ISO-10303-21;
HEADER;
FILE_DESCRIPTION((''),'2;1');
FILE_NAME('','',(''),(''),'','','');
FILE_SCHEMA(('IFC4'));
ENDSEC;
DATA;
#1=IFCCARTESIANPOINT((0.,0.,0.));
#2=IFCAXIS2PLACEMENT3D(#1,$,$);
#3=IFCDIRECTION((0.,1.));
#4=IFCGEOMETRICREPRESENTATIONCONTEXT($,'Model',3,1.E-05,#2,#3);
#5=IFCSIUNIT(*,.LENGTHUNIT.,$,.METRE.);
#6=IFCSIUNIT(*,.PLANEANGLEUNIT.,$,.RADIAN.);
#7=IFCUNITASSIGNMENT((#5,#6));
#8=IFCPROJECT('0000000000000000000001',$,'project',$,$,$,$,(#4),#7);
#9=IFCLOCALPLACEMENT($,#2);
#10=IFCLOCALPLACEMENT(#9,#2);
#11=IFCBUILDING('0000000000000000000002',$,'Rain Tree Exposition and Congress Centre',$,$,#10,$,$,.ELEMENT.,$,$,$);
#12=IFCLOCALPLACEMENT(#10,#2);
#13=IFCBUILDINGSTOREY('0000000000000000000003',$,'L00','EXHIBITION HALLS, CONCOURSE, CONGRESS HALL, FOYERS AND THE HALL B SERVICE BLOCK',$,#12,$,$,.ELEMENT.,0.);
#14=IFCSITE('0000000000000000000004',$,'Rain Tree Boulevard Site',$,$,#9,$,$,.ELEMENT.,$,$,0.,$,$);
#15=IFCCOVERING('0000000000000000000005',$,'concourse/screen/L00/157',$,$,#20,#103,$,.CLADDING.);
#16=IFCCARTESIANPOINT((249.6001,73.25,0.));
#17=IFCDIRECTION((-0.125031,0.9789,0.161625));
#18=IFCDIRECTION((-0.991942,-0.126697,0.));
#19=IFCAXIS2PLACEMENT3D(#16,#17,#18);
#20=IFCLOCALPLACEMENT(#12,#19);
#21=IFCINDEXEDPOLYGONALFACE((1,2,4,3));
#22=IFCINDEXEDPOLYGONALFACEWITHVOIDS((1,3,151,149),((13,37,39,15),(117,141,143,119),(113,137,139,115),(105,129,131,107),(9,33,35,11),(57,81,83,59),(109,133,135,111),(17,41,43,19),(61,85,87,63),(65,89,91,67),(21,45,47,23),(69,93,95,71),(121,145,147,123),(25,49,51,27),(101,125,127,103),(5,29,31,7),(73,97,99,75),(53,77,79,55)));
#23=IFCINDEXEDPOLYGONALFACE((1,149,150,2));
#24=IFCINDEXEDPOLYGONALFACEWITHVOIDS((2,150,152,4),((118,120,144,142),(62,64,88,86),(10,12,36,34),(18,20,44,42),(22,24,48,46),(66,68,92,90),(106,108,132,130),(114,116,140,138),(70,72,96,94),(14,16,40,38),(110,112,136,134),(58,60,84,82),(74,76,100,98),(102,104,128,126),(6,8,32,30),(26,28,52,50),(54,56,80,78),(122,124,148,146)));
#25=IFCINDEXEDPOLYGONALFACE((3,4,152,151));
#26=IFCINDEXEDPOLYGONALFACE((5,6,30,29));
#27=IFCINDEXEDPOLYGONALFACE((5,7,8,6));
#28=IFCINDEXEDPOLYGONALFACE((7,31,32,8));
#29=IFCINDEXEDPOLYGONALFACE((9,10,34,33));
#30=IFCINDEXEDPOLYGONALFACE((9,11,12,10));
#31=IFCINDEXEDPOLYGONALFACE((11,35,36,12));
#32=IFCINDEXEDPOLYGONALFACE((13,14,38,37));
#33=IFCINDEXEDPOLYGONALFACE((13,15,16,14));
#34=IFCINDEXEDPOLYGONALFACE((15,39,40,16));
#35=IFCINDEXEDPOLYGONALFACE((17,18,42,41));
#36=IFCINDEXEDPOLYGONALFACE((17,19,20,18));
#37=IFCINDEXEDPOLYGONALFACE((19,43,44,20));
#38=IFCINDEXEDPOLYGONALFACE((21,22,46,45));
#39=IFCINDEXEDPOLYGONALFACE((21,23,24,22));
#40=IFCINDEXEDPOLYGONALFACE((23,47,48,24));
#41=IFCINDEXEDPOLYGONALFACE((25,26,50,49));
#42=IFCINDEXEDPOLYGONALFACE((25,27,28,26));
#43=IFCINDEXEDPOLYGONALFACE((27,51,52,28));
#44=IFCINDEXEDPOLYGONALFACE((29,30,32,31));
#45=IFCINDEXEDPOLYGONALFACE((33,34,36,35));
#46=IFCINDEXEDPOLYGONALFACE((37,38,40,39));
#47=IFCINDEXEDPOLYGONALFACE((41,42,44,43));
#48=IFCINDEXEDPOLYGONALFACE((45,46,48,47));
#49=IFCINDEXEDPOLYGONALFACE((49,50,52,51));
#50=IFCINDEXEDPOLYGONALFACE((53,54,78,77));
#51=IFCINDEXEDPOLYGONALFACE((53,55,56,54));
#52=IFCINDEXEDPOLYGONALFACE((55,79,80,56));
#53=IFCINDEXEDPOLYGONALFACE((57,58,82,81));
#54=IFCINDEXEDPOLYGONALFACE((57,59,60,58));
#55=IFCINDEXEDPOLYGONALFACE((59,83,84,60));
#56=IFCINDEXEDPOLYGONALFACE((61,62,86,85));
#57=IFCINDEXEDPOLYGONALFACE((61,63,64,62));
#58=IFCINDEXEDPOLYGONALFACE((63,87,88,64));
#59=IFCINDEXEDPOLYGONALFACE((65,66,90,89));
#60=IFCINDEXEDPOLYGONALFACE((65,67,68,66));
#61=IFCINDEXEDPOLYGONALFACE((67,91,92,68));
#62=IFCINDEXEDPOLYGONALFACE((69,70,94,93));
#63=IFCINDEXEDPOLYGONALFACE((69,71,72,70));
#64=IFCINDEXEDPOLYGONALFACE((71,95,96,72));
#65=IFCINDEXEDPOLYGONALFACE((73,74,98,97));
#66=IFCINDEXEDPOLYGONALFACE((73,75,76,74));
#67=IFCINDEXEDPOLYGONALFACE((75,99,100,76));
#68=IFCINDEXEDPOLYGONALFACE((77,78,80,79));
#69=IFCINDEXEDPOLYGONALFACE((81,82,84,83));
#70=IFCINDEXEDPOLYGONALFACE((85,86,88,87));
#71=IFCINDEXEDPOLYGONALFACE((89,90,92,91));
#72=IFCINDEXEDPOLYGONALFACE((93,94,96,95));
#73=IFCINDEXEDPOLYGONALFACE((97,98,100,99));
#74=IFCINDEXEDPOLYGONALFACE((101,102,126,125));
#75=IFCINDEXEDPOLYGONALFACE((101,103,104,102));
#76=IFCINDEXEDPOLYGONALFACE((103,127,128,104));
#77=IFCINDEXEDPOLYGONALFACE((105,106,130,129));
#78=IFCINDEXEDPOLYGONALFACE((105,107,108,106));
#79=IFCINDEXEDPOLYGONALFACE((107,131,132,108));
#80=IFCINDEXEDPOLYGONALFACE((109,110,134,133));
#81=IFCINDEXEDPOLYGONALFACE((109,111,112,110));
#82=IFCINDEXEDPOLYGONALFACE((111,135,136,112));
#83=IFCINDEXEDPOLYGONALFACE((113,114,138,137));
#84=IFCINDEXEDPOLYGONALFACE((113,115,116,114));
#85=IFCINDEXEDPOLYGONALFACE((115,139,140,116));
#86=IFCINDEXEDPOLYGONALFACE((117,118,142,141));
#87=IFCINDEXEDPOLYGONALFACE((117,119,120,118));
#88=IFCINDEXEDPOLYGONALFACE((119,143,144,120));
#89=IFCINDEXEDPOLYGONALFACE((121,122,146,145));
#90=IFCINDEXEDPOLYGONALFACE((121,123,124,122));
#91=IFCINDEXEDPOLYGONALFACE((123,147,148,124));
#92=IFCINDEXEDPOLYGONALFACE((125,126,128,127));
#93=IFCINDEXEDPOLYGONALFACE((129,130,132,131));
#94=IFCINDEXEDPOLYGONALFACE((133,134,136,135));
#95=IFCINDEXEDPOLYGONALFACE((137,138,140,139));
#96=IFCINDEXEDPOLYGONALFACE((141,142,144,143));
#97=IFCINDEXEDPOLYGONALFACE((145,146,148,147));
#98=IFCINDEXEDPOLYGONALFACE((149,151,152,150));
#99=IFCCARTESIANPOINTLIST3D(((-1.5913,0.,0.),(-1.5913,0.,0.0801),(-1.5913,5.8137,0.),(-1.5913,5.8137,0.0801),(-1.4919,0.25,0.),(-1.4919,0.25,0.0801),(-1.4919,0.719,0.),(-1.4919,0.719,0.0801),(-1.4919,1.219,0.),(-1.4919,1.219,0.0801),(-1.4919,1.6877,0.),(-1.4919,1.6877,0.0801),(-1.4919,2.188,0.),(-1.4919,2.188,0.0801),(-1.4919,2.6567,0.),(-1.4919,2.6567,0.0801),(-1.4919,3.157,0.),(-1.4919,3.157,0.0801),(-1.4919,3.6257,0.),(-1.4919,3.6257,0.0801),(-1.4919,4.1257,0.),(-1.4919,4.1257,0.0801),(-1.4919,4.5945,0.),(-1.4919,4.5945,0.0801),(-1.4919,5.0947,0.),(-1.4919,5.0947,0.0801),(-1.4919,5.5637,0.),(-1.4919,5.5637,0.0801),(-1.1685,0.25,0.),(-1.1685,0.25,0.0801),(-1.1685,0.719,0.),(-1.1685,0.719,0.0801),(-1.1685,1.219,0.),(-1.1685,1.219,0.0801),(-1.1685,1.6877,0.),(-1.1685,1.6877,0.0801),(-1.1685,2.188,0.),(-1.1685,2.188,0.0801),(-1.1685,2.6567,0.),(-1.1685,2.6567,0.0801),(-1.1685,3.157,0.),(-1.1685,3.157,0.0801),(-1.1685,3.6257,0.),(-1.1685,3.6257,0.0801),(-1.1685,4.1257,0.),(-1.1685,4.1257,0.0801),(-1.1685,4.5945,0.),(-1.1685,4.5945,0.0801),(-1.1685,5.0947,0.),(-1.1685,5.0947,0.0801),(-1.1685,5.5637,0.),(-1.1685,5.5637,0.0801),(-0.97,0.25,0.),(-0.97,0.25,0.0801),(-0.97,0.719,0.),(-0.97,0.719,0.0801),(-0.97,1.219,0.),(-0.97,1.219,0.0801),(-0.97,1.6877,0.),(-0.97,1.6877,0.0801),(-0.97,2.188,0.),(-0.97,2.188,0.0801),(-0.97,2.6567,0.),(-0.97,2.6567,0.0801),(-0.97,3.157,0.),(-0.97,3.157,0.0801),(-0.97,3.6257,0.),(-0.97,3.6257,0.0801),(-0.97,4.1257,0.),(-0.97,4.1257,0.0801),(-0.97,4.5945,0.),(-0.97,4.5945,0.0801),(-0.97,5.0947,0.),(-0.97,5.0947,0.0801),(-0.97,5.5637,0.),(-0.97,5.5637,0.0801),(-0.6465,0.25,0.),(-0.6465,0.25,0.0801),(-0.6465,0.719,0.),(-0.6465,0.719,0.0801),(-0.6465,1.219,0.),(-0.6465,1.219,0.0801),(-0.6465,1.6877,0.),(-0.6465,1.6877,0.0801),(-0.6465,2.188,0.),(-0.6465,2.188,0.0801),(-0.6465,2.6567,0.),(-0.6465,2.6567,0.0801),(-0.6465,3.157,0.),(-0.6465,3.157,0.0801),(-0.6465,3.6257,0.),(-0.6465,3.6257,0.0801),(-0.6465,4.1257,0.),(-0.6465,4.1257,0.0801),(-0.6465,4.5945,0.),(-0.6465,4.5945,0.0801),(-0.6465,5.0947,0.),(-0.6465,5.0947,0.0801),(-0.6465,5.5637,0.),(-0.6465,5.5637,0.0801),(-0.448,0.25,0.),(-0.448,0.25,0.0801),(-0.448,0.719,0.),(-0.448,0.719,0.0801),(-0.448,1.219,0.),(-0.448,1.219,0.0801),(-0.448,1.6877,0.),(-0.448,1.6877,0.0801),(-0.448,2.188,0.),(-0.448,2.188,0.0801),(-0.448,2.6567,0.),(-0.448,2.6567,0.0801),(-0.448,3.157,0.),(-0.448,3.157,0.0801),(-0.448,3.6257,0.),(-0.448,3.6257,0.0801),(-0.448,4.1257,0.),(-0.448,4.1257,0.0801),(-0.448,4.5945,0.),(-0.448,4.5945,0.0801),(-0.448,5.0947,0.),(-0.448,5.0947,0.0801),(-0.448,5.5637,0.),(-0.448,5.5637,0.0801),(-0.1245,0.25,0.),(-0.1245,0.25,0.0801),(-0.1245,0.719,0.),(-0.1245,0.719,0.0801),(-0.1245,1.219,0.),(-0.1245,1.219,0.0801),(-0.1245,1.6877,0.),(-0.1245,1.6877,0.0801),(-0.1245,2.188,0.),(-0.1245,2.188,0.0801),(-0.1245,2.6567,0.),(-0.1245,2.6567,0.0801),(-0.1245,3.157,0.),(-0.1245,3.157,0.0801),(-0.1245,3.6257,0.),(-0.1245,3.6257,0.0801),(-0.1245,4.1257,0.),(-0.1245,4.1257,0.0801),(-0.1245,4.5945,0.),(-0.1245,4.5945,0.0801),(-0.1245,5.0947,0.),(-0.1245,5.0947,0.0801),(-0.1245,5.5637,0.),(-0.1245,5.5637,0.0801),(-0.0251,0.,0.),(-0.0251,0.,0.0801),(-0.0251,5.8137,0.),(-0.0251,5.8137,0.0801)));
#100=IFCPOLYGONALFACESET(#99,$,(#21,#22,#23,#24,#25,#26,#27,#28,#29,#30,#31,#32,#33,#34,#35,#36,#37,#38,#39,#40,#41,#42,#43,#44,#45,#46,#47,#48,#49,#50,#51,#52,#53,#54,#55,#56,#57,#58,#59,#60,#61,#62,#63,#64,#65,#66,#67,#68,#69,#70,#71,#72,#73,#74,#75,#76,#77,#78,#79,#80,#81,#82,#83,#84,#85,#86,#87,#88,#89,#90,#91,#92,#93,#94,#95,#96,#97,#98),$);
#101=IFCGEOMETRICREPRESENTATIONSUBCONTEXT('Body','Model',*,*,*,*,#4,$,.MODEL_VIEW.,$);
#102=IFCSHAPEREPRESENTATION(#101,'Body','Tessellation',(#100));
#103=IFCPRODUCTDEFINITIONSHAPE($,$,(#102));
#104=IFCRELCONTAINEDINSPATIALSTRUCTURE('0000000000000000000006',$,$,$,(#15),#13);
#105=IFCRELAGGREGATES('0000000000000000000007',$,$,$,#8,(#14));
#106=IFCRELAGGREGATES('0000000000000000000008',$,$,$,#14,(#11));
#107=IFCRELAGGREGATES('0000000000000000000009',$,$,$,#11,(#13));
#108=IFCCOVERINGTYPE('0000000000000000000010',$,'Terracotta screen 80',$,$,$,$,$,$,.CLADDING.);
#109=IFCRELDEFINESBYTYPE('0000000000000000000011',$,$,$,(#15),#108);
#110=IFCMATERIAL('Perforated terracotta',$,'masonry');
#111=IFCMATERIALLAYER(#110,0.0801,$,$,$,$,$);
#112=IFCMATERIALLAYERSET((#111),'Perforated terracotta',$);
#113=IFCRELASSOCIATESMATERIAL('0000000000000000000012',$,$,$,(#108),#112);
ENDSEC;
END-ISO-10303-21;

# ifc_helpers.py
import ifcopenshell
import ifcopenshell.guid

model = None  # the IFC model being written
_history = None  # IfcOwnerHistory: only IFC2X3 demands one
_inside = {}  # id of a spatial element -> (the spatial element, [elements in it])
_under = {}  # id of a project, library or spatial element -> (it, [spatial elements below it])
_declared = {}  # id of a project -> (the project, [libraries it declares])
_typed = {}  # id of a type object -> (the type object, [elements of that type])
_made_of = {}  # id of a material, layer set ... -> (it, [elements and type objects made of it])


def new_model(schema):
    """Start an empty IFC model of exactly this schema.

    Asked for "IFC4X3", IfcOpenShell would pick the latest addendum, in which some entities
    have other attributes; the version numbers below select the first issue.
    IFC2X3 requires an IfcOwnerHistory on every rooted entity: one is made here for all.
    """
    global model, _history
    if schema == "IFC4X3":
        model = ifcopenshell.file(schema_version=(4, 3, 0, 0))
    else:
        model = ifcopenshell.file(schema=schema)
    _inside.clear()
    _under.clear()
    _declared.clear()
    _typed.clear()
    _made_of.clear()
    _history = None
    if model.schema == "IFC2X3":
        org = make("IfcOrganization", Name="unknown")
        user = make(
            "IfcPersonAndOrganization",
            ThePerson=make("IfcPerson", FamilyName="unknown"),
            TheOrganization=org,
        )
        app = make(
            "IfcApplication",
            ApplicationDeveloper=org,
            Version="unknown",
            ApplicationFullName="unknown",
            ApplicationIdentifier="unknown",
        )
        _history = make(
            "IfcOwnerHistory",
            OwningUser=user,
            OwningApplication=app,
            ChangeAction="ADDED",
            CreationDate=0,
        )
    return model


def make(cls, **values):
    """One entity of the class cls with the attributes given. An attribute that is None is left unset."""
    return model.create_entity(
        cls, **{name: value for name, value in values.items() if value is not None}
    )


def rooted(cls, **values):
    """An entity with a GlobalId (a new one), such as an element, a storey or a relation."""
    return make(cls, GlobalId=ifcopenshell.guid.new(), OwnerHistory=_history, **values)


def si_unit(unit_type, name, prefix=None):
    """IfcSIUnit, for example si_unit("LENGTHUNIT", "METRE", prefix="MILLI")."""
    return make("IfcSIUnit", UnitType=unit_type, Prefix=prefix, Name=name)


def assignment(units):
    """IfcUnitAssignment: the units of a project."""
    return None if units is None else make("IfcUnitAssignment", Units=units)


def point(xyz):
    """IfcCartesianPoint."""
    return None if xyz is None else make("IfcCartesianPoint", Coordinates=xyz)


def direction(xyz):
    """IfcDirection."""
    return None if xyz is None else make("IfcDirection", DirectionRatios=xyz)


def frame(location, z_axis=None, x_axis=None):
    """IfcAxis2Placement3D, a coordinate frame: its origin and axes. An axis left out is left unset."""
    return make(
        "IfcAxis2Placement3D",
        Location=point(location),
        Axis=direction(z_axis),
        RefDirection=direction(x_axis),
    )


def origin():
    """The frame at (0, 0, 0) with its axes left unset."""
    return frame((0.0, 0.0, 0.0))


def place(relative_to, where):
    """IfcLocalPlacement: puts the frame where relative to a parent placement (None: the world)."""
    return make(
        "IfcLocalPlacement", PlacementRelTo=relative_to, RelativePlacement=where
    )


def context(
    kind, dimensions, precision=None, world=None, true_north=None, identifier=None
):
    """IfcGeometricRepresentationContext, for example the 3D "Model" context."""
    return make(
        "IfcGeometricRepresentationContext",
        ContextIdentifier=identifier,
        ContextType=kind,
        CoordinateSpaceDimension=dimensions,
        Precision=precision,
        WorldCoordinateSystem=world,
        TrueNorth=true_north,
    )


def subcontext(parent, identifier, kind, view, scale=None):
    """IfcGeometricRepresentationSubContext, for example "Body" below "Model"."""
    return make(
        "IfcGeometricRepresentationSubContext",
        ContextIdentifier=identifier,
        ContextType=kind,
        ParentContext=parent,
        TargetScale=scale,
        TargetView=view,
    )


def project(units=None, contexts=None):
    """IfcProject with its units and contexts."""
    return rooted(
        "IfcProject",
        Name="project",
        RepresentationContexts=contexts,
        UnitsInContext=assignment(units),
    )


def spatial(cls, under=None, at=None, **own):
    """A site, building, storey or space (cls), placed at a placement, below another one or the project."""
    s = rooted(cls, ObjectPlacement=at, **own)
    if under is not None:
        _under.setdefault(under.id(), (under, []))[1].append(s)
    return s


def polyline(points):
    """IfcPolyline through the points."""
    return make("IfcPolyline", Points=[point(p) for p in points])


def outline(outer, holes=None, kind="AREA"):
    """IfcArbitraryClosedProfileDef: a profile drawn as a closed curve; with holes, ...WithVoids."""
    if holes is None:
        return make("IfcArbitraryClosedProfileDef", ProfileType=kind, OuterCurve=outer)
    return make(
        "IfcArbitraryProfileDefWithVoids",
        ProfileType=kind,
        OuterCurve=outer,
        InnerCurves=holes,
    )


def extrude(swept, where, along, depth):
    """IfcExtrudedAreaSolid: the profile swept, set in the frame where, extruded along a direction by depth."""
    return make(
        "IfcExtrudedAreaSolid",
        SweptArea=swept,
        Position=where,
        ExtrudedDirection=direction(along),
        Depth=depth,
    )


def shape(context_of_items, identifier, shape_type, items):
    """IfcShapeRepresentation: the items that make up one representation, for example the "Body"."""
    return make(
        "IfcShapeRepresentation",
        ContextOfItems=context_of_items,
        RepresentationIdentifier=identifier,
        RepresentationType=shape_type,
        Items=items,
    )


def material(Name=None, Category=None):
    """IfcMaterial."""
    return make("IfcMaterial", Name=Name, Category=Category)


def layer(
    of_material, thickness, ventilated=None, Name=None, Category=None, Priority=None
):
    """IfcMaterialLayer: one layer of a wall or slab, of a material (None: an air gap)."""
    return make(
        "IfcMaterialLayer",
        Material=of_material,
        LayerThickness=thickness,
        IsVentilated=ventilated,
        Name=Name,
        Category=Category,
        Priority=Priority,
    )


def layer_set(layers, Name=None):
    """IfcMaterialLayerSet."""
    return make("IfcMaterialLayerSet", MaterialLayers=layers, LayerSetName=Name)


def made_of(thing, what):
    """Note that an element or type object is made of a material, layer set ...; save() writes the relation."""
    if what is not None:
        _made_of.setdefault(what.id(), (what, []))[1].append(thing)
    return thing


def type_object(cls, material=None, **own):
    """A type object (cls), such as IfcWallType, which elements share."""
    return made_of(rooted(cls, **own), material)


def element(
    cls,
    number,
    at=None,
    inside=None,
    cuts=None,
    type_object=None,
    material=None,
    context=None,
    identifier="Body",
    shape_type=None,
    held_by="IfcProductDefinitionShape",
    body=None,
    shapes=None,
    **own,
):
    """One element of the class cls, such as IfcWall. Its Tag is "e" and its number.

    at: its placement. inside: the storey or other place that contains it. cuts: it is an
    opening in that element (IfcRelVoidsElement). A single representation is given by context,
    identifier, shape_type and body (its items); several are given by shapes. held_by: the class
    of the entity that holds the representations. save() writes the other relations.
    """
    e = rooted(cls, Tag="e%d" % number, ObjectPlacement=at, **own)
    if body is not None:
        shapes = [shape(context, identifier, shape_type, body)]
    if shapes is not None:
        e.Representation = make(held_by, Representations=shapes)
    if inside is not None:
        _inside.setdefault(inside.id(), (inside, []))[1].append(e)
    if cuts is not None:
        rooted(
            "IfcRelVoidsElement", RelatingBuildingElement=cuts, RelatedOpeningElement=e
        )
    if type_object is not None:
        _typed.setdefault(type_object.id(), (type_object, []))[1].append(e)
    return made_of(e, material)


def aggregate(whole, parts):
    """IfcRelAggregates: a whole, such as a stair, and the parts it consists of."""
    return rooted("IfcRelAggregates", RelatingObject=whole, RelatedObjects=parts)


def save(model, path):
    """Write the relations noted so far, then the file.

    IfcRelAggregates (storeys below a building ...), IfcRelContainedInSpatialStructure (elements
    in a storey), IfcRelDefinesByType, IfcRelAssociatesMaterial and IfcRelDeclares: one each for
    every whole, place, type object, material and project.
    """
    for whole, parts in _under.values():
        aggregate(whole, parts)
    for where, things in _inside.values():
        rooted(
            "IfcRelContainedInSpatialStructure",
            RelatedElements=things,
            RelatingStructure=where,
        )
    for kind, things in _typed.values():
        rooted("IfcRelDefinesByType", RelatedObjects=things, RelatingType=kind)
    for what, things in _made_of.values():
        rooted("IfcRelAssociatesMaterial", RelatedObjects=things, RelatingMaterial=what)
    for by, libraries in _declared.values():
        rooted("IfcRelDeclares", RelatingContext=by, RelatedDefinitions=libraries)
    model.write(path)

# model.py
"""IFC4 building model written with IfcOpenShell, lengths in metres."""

from ifc_helpers import new_model, si_unit, direction, frame, origin, place, context, subcontext, project, spatial, polyline, outline, extrude, material, layer, layer_set, type_object, element, save


model = new_model("IFC4")

# Units and contexts
model_context = context("Model", 3, precision=1e-05, world=origin(), true_north=direction((0.0, 1.0)))
body_context = subcontext(model_context, "Body", "Model", "MODEL_VIEW")
ifc_project = project(units=[si_unit("LENGTHUNIT", "METRE"), si_unit("PLANEANGLEUNIT", "RADIAN")], contexts=[model_context])

# Site, building, storey
site_placement = place(None, origin())
site = spatial("IfcSite", under=ifc_project, at=site_placement, Name="Rain Tree Boulevard Site", CompositionType="ELEMENT", RefElevation=0.0)
building_placement = place(site_placement, origin())
building = spatial("IfcBuilding", under=site, at=building_placement, Name="Rain Tree Exposition and Congress Centre", CompositionType="ELEMENT")
storey_placement = place(building_placement, origin())
storey = spatial("IfcBuildingStorey", under=building, at=storey_placement, Name="L00", Description="EXHIBITION HALLS, CONCOURSE, CONGRESS HALL, FOYERS AND THE HALL B SERVICE BLOCK", CompositionType="ELEMENT", Elevation=0.0)

# Covering
ifc_material_1 = material(Name="Perforated terracotta", Category="masonry")
ifc_layer_1 = layer(ifc_material_1, 0.0801)
ifc_layer_set_1 = layer_set([ifc_layer_1], Name="Perforated terracotta")
covering_type = type_object("IfcCoveringType", Name="Terracotta screen 80", PredefinedType="CLADDING", material=ifc_layer_set_1)
covering_1_placement = place(storey_placement, frame((249.6001, 73.25, 0.0), z_axis=(-0.125031, 0.9789, 0.161625), x_axis=(-0.991942, -0.126697, 0.0)))
element("IfcCovering", 1, at=covering_1_placement, inside=storey, type_object=covering_type, Name="concourse/screen/L00/157", PredefinedType="CLADDING", context=body_context, shape_type="SweptSolid", body=[
    extrude(outline(polyline([(-0.0251, 0.0), (-1.5913, 0.0), (-1.5913, 5.8137), (-0.0251, 5.8137), (-0.0251, 0.0)]), holes=[polyline([(-0.1245, 0.25), (-0.1245, 0.719), (-0.448, 0.719), (-0.448, 0.25), (-0.1245, 0.25)]), polyline([(-0.1245, 1.219), (-0.1245, 1.6877), (-0.448, 1.6877), (-0.448, 1.219), (-0.1245, 1.219)]), polyline([(-0.1245, 2.188), (-0.1245, 2.6567), (-0.448, 2.6567), (-0.448, 2.188), (-0.1245, 2.188)]), polyline([(-0.1245, 3.157), (-0.1245, 3.6257), (-0.448, 3.6257), (-0.448, 3.157), (-0.1245, 3.157)]), polyline([(-0.1245, 4.1257), (-0.1245, 4.5945), (-0.448, 4.5945), (-0.448, 4.1257), (-0.1245, 4.1257)]), polyline([(-0.1245, 5.0947), (-0.1245, 5.5637), (-0.448, 5.5637), (-0.448, 5.0947), (-0.1245, 5.0947)]), polyline([(-0.6465, 0.25), (-0.6465, 0.719), (-0.97, 0.719), (-0.97, 0.25), (-0.6465, 0.25)]), polyline([(-0.6465, 1.219), (-0.6465, 1.6877), (-0.97, 1.6877), (-0.97, 1.219), (-0.6465, 1.219)]), polyline([(-0.6465, 2.188), (-0.6465, 2.6567), (-0.97, 2.6567), (-0.97, 2.188), (-0.6465, 2.188)]), polyline([(-0.6465, 3.157), (-0.6465, 3.6257), (-0.97, 3.6257), (-0.97, 3.157), (-0.6465, 3.157)]), polyline([(-0.6465, 4.1257), (-0.6465, 4.5945), (-0.97, 4.5945), (-0.97, 4.1257), (-0.6465, 4.1257)]), polyline([(-0.6465, 5.0947), (-0.6465, 5.5637), (-0.97, 5.5637), (-0.97, 5.0947), (-0.6465, 5.0947)]), polyline([(-1.1685, 0.25), (-1.1685, 0.719), (-1.4919, 0.719), (-1.4919, 0.25), (-1.1685, 0.25)]), polyline([(-1.1685, 1.219), (-1.1685, 1.6877), (-1.4919, 1.6877), (-1.4919, 1.219), (-1.1685, 1.219)]), polyline([(-1.1685, 2.188), (-1.1685, 2.6567), (-1.4919, 2.6567), (-1.4919, 2.188), (-1.1685, 2.188)]), polyline([(-1.1685, 3.157), (-1.1685, 3.6257), (-1.4919, 3.6257), (-1.4919, 3.157), (-1.1685, 3.157)]), polyline([(-1.1685, 4.1257), (-1.1685, 4.5945), (-1.4919, 4.5945), (-1.4919, 4.1257), (-1.1685, 4.1257)]), polyline([(-1.1685, 5.0947), (-1.1685, 5.5637), (-1.4919, 5.5637), (-1.4919, 5.0947), (-1.1685, 5.0947)])]), origin(), (0.0, 0.0, 1.0), 0.0801),
])

save(model, "model.ifc")
